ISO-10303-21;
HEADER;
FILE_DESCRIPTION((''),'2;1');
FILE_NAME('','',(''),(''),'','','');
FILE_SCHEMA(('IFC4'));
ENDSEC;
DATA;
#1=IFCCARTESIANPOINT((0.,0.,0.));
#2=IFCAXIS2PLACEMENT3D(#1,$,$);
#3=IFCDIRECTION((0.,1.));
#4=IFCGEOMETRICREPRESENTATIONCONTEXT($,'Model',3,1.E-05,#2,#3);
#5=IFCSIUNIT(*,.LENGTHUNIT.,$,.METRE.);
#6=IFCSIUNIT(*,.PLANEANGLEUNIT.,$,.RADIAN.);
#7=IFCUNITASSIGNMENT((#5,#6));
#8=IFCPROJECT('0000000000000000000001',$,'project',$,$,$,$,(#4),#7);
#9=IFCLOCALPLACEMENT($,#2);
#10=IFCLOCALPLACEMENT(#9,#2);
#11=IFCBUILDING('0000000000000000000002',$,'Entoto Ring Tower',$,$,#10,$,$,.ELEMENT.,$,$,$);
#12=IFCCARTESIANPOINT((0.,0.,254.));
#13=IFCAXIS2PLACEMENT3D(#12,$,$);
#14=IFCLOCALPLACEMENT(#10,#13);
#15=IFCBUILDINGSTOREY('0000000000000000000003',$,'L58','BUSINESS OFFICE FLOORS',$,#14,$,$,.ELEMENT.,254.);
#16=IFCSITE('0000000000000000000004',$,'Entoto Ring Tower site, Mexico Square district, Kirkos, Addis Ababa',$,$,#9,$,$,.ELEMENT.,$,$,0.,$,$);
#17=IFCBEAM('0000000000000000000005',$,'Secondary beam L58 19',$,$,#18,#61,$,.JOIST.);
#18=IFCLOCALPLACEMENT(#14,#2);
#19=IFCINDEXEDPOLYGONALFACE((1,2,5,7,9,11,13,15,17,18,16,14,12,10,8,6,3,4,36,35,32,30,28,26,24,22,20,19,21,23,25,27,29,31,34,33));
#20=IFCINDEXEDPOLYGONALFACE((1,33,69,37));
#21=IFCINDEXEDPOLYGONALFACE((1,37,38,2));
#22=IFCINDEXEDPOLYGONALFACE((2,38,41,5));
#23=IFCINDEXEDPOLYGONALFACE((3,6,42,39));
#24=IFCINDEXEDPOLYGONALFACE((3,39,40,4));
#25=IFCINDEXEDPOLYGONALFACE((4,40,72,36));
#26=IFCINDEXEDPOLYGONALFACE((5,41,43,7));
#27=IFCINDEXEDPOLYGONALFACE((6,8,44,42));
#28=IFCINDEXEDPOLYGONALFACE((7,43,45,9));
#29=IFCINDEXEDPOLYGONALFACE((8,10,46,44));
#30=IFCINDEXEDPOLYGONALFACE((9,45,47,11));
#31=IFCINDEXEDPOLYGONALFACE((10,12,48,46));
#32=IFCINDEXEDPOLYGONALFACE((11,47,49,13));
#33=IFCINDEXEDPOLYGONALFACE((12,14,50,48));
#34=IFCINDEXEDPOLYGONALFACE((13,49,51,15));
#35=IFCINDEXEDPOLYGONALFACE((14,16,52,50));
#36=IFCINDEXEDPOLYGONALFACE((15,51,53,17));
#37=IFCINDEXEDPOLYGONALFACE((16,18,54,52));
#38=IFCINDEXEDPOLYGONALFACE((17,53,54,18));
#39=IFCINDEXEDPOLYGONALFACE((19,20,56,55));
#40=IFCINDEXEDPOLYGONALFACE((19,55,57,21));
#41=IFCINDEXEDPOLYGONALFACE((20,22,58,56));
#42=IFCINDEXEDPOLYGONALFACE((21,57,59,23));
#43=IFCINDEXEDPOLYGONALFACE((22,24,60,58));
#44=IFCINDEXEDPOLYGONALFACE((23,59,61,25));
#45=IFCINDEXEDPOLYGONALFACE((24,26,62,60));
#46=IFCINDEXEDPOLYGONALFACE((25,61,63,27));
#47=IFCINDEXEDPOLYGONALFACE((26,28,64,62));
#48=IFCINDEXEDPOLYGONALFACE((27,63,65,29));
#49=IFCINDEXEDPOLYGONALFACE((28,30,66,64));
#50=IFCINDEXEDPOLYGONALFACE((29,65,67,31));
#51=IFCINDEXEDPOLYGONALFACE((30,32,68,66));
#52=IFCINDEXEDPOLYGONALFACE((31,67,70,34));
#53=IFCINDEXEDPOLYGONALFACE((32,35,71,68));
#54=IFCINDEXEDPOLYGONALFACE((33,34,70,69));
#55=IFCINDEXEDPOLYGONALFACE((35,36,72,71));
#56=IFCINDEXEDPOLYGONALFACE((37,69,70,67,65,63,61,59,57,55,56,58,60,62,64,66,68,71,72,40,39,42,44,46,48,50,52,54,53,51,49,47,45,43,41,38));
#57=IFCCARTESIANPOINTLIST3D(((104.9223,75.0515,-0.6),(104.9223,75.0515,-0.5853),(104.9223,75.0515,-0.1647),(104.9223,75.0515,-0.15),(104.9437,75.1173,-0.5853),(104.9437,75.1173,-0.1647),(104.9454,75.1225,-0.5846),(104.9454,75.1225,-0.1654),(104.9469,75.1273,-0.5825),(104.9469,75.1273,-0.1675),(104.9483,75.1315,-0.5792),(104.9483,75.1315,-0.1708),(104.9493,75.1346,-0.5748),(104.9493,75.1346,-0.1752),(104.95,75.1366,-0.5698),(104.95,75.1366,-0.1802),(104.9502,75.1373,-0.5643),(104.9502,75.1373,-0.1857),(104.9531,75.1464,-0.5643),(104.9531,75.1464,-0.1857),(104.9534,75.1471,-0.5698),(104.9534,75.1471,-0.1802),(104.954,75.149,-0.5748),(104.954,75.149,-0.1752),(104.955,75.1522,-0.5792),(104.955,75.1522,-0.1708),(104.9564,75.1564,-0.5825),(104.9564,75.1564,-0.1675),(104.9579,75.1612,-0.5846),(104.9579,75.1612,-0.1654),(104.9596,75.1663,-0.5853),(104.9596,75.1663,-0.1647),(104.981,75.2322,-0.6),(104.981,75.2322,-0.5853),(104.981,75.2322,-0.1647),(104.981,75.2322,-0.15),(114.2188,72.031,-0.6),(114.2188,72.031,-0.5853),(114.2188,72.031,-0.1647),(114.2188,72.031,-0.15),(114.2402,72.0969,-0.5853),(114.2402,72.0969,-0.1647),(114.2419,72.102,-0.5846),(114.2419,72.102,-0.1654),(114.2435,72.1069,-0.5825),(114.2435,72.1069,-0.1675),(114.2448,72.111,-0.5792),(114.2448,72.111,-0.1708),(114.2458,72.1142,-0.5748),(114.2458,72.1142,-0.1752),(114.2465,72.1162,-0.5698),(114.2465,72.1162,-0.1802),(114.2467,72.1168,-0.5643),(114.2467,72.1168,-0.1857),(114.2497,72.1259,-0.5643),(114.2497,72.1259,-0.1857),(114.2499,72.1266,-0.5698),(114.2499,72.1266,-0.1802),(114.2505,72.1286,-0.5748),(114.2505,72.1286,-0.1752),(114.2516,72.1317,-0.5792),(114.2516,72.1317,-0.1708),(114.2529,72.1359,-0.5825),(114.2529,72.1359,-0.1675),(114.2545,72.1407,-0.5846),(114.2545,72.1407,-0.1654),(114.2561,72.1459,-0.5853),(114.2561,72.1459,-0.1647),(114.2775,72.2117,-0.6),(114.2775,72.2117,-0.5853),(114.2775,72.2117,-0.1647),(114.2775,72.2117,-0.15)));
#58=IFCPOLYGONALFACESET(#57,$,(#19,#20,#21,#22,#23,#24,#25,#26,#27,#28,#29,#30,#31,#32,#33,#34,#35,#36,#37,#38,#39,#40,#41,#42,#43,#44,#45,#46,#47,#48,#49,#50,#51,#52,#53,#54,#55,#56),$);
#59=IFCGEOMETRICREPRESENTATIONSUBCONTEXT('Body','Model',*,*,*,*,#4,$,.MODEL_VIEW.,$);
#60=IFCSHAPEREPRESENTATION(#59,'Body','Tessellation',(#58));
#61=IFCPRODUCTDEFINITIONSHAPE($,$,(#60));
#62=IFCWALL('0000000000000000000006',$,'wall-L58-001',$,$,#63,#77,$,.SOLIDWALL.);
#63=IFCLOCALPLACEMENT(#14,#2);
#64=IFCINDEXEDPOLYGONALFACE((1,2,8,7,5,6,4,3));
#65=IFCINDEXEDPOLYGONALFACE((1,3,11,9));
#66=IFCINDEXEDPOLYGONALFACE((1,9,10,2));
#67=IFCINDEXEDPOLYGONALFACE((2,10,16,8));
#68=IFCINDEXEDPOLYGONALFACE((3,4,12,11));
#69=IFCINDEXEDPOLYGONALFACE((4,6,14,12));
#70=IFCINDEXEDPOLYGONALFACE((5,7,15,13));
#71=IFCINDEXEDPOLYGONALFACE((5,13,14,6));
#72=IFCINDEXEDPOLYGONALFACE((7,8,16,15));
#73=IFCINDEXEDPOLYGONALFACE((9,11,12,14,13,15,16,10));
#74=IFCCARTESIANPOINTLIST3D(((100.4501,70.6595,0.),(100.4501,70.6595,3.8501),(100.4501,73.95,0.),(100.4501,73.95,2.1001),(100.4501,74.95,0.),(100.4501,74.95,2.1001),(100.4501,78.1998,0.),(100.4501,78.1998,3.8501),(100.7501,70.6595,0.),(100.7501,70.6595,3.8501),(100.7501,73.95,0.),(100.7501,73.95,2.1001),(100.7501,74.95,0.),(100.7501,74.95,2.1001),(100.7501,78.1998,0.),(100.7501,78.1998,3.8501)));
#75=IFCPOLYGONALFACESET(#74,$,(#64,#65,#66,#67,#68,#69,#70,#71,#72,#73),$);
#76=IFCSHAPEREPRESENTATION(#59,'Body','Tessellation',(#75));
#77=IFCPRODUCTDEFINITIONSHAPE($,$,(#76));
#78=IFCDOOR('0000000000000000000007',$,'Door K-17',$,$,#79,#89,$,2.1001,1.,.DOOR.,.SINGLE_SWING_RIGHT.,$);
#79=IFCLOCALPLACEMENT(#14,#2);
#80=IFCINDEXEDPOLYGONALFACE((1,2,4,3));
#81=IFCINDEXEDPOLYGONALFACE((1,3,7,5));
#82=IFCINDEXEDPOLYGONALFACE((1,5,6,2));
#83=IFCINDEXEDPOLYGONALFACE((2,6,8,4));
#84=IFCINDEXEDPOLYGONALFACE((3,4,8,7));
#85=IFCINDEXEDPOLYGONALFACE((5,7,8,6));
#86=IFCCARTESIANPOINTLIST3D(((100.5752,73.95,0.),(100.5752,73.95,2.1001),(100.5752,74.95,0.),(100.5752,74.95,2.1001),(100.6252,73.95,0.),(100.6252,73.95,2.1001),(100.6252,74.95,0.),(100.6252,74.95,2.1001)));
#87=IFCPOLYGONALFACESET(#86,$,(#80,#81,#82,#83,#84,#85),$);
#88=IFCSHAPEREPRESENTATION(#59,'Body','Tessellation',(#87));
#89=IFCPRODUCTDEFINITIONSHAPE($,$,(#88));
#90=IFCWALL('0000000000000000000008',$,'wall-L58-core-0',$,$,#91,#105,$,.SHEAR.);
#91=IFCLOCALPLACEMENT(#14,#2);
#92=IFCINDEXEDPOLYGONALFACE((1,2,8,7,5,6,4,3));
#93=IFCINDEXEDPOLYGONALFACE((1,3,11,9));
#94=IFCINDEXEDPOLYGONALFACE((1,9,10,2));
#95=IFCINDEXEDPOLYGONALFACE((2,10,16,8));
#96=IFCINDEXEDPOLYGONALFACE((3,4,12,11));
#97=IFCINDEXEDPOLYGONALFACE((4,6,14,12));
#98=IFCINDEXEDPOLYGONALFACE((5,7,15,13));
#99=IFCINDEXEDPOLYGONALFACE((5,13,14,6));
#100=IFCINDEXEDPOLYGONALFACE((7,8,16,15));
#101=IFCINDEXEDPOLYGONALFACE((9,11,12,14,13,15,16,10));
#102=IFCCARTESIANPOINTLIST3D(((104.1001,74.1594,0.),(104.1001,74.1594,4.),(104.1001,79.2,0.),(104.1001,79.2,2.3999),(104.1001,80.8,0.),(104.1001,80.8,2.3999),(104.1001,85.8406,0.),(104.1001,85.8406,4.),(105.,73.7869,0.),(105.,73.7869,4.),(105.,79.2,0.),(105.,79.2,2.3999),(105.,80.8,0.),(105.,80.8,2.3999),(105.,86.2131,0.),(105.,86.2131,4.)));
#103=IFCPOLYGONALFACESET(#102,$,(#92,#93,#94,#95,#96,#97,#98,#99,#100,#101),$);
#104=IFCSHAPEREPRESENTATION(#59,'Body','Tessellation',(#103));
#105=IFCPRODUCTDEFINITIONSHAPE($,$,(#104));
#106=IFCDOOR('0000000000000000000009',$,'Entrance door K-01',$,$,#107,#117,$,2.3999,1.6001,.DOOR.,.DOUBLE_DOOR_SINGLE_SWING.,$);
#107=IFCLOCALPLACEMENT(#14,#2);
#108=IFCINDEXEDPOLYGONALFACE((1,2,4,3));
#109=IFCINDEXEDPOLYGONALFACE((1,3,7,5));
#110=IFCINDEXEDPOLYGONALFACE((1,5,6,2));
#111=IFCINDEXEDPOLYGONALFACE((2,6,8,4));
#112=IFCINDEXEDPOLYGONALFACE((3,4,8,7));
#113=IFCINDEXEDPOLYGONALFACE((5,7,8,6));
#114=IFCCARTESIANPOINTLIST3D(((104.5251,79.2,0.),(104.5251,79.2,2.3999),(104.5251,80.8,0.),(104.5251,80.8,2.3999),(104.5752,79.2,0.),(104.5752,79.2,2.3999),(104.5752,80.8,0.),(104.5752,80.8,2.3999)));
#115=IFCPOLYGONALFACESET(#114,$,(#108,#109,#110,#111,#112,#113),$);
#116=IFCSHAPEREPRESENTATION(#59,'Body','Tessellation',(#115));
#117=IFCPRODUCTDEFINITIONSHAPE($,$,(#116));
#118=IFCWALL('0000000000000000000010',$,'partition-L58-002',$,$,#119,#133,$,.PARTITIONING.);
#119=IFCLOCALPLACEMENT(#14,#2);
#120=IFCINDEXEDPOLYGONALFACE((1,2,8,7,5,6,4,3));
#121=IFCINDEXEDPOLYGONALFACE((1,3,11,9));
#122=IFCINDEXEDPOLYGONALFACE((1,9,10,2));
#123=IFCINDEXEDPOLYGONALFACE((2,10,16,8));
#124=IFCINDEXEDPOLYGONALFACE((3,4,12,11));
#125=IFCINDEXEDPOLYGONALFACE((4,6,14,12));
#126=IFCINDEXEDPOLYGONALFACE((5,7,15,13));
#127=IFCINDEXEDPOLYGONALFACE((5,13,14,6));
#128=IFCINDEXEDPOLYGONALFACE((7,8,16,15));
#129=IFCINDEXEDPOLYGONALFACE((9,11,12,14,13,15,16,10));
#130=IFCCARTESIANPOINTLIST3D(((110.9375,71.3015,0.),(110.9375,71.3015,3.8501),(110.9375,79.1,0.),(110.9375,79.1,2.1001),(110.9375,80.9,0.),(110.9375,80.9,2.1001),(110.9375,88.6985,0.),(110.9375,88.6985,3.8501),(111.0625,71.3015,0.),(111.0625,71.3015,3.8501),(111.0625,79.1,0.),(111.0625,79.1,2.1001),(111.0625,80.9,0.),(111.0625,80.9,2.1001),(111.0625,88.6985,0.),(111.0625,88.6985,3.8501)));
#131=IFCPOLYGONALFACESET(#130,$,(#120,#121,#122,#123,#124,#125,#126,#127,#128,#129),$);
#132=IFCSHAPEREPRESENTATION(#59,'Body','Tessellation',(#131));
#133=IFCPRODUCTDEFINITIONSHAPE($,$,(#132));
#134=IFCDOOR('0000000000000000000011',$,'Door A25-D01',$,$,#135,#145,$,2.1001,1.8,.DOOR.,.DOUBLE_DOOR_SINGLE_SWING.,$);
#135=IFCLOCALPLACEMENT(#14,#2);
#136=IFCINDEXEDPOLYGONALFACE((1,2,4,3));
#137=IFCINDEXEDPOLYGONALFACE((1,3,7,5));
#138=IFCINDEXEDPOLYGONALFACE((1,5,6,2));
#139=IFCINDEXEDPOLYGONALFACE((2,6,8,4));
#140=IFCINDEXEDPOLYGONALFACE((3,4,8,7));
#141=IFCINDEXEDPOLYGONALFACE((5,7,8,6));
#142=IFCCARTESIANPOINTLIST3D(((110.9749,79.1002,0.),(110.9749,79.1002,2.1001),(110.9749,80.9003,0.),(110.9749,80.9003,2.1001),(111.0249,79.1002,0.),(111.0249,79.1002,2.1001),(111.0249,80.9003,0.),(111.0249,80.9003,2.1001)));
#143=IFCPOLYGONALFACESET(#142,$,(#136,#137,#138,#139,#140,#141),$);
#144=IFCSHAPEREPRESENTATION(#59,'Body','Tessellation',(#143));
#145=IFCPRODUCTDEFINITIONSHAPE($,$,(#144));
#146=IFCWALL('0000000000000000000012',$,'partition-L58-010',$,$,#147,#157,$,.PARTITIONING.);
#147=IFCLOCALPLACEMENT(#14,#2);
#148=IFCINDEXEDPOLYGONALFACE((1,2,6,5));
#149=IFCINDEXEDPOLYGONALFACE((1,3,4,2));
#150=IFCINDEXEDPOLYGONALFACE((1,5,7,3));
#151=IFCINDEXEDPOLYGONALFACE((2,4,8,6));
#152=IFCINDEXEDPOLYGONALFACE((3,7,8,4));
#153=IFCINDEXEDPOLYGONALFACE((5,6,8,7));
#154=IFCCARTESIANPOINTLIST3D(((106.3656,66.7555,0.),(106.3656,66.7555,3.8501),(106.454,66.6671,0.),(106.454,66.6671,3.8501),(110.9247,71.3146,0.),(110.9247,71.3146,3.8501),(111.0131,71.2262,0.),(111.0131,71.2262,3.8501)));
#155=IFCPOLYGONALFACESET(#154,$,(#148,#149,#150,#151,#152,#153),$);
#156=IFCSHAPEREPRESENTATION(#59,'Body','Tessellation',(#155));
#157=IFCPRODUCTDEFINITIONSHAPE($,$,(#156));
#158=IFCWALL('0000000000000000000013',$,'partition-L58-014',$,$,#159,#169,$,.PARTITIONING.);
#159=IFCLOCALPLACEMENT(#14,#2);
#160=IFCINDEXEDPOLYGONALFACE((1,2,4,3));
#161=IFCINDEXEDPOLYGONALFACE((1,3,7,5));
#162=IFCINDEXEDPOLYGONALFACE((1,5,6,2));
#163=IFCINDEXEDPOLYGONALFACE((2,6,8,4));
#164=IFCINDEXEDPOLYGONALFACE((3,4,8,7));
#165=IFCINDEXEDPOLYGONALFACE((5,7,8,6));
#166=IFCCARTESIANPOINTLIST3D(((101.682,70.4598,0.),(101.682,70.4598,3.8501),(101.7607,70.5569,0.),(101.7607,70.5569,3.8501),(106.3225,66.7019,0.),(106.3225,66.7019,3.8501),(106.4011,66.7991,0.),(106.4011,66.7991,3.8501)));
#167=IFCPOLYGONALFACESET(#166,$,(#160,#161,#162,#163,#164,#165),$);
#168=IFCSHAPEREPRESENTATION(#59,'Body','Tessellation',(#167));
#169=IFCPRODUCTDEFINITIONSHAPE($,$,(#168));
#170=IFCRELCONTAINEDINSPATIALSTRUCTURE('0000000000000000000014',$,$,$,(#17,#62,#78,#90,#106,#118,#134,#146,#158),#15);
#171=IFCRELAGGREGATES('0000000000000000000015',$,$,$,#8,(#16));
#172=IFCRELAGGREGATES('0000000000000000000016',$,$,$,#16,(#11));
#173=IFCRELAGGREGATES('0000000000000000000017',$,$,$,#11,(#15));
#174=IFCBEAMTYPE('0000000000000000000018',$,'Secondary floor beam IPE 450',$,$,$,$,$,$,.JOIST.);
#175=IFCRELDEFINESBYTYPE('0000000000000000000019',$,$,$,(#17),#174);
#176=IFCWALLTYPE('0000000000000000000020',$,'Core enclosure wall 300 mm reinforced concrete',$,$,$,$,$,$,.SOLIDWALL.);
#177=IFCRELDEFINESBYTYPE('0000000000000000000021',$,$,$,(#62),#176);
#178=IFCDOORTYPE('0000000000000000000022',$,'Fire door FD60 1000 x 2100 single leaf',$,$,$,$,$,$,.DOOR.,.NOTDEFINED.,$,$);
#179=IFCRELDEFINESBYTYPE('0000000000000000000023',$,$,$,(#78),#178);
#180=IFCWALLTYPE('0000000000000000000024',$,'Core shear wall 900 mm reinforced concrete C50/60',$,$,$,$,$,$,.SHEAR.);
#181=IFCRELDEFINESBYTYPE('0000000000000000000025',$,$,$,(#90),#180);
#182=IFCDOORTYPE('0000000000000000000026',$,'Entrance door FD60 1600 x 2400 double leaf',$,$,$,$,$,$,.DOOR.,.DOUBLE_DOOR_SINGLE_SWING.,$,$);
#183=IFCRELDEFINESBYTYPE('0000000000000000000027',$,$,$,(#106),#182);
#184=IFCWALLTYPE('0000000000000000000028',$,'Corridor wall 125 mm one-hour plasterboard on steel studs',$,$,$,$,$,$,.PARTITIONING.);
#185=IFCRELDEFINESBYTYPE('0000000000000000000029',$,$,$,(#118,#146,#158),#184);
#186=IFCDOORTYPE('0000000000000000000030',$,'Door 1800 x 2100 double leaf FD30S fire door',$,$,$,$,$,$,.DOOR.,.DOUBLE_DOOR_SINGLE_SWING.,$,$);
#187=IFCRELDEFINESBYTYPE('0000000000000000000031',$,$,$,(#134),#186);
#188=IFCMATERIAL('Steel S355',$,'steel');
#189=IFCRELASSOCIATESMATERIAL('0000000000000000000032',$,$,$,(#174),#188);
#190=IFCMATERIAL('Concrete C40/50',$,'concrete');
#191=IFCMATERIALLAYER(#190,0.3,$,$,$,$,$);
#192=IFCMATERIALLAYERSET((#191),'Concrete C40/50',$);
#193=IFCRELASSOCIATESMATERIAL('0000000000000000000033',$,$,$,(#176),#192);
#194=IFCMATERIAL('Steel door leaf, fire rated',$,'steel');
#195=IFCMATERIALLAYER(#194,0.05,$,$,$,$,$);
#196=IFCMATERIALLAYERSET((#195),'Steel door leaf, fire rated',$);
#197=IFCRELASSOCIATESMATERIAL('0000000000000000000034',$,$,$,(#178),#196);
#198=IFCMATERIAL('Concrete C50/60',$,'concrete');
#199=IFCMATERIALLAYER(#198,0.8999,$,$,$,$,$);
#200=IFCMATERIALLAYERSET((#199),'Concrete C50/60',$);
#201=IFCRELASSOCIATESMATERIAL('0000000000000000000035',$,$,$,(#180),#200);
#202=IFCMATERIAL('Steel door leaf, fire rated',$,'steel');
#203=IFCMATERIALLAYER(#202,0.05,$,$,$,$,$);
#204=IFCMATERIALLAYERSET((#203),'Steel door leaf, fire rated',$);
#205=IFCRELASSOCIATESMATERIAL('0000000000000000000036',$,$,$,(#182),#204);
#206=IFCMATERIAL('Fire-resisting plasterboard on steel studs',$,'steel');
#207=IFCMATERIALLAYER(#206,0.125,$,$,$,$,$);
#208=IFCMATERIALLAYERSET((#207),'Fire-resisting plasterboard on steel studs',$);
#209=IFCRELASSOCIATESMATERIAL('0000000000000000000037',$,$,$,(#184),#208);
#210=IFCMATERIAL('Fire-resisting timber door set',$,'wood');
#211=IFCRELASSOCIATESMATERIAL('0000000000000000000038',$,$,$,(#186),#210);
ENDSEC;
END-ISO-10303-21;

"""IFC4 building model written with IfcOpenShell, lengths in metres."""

from ifc_helpers import new_model, si_unit, direction, frame, frame_2d, origin, origin_2d, place, context, subcontext, project, spatial, polyline, rectangle, i_section, outline, extrude, material, layer, layer_set, material_profile, profile_set, type_object, element, fill, save


model = new_model("IFC4")

# Units and contexts
model_context = context("Model", 3, precision=1e-05, world=origin(), true_north=direction((0.0, 1.0)))
body_context = subcontext(model_context, "Body", "Model", "MODEL_VIEW")
ifc_project = project(units=[si_unit("LENGTHUNIT", "METRE"), si_unit("PLANEANGLEUNIT", "RADIAN")], contexts=[model_context])

# Site, building, storey
site_placement = place(None, origin())
site = spatial("IfcSite", under=ifc_project, at=site_placement, Name="Entoto Ring Tower site, Mexico Square district, Kirkos, Addis Ababa", CompositionType="ELEMENT", RefElevation=0.0)
building_placement = place(site_placement, origin())
building = spatial("IfcBuilding", under=site, at=building_placement, Name="Entoto Ring Tower", CompositionType="ELEMENT")
storey_placement = place(building_placement, frame((0.0, 0.0, 254.0)))
storey = spatial("IfcBuildingStorey", under=building, at=storey_placement, Name="L58", Description="BUSINESS OFFICE FLOORS", CompositionType="ELEMENT", Elevation=254.0)

# Beam
ifc_material_1 = material(Name="Steel S355", Category="steel")
ifc_material_profile_1 = material_profile(ifc_material_1, i_section(OverallWidth=0.1899, OverallDepth=0.45, WebThickness=0.0095, FlangeThickness=0.0146, FilletRadius=0.021, at=origin_2d()), Name="IPE 450")
ifc_profile_set_1 = profile_set([ifc_material_profile_1], Name="Steel S355")
beam_type_1 = type_object("IfcBeamType", Name="Secondary floor beam IPE 450", PredefinedType="JOIST", material=ifc_profile_set_1)
beam_1_placement = place(storey_placement, frame((104.9517, 75.1418, -0.375), z_axis=(0.951061, -0.309003, 0.0), x_axis=(0.309003, 0.951061, 0.0)))
element("IfcBeam", 1, at=beam_1_placement, inside=storey, type_object=beam_type_1, Name="Secondary beam L58 19", PredefinedType="JOIST", context=body_context, shape_type="SweptSolid", body=[
    extrude(i_section(OverallWidth=0.1899, OverallDepth=0.45, WebThickness=0.0095, FlangeThickness=0.0146, FilletRadius=0.021, at=origin_2d()), origin(), (0.0, 0.0, 1.0), 9.7749),
])

# Walls, openings, doors
ifc_material_2 = material(Name="Concrete C40/50", Category="concrete")
ifc_layer_1 = layer(ifc_material_2, 0.3)
ifc_layer_set_1 = layer_set([ifc_layer_1], Name="Concrete C40/50")
wall_type_1 = type_object("IfcWallType", Name="Core enclosure wall 300 mm reinforced concrete", PredefinedType="SOLIDWALL", material=ifc_layer_set_1)
wall_1_placement = place(storey_placement, frame((100.6001, 70.6597, 0.0), z_axis=(0.0, 0.0, 1.0), x_axis=(0.0, 1.0, 0.0)))
wall_1 = element("IfcWall", 2, at=wall_1_placement, inside=storey, type_object=wall_type_1, Name="wall-L58-001", PredefinedType="SOLIDWALL", context=body_context, shape_type="SweptSolid", body=[
    extrude(rectangle(XDim=7.5403, YDim=0.3, at=frame_2d((3.77, 0.0))), origin(), (0.0, 0.0, 1.0), 3.8501),
])
opening_1_placement = place(wall_1_placement, frame((3.2903, 0.0, 0.0)))
opening_1 = element("IfcOpeningElement", 3, at=opening_1_placement, cuts=wall_1, PredefinedType="OPENING", context=body_context, shape_type="SweptSolid", body=[
    extrude(rectangle(XDim=1.0, YDim=2.1001, at=frame_2d((0.5, 1.05))), frame((0.0, 0.1602, 0.0), z_axis=(0.0, -1.0, 0.0), x_axis=(1.0, 0.0, 0.0)), (0.0, 0.0, 1.0), 0.3201),
])
ifc_material_3 = material(Name="Steel door leaf, fire rated", Category="steel")
ifc_layer_2 = layer(ifc_material_3, 0.05)
ifc_layer_set_2 = layer_set([ifc_layer_2], Name="Steel door leaf, fire rated")
door_type_1 = type_object("IfcDoorType", Name="Fire door FD60 1000 x 2100 single leaf", OperationType="NOTDEFINED", PredefinedType="DOOR", material=ifc_layer_set_2)
door_1_placement = place(opening_1_placement, origin())
door_1 = element("IfcDoor", 4, at=door_1_placement, inside=storey, type_object=door_type_1, Name="Door K-17", OperationType="SINGLE_SWING_RIGHT", OverallHeight=2.1001, OverallWidth=1.0, PredefinedType="DOOR", context=body_context, shape_type="SweptSolid", body=[
    extrude(rectangle(XDim=1.0, YDim=2.1001, at=frame_2d((0.5, 1.05))), frame((0.0, 0.0249, 0.0), z_axis=(0.0, -1.0, 0.0), x_axis=(1.0, 0.0, 0.0)), (0.0, 0.0, 1.0), 0.05),
])
fill(opening_1, door_1)
ifc_material_4 = material(Name="Concrete C50/60", Category="concrete")
ifc_layer_3 = layer(ifc_material_4, 0.8999)
ifc_layer_set_3 = layer_set([ifc_layer_3], Name="Concrete C50/60")
wall_type_2 = type_object("IfcWallType", Name="Core shear wall 900 mm reinforced concrete C50/60", PredefinedType="SHEAR", material=ifc_layer_set_3)
wall_2_placement = place(storey_placement, frame((104.55, 73.9731, 0.0), z_axis=(0.0, 0.0, 1.0), x_axis=(0.0, 1.0, 0.0)))
wall_2 = element("IfcWall", 5, at=wall_2_placement, inside=storey, type_object=wall_type_2, Name="wall-L58-core-0", PredefinedType="SHEAR", context=body_context, shape_type="SweptSolid", body=[
    extrude(outline(polyline([(-0.1863, -0.45), (12.24, -0.45), (11.8674, 0.45), (0.1863, 0.45), (-0.1863, -0.45)])), origin(), (0.0, 0.0, 1.0), 4.0),
])
opening_2_placement = place(wall_2_placement, frame((5.2268, 0.0, 0.0)))
opening_2 = element("IfcOpeningElement", 6, at=opening_2_placement, cuts=wall_2, PredefinedType="OPENING", context=body_context, shape_type="SweptSolid", body=[
    extrude(rectangle(XDim=1.6001, YDim=2.3999, at=frame_2d((0.8, 1.2))), frame((0.0, 0.46, 0.0), z_axis=(0.0, -1.0, 0.0), x_axis=(1.0, 0.0, 0.0)), (0.0, 0.0, 1.0), 0.9199),
])
ifc_material_5 = material(Name="Steel door leaf, fire rated", Category="steel")
ifc_layer_4 = layer(ifc_material_5, 0.05)
ifc_layer_set_4 = layer_set([ifc_layer_4], Name="Steel door leaf, fire rated")
door_type_2 = type_object("IfcDoorType", Name="Entrance door FD60 1600 x 2400 double leaf", OperationType="DOUBLE_DOOR_SINGLE_SWING", PredefinedType="DOOR", material=ifc_layer_set_4)
door_2_placement = place(opening_2_placement, origin())
door_2 = element("IfcDoor", 7, at=door_2_placement, inside=storey, type_object=door_type_2, Name="Entrance door K-01", OperationType="DOUBLE_DOOR_SINGLE_SWING", OverallHeight=2.3999, OverallWidth=1.6001, PredefinedType="DOOR", context=body_context, shape_type="SweptSolid", body=[
    extrude(rectangle(XDim=1.6001, YDim=2.3999, at=frame_2d((0.8, 1.2))), frame((0.0, 0.0249, 0.0), z_axis=(0.0, -1.0, 0.0), x_axis=(1.0, 0.0, 0.0)), (0.0, 0.0, 1.0), 0.05),
])
fill(opening_2, door_2)
ifc_material_6 = material(Name="Fire-resisting plasterboard on steel studs", Category="steel")
ifc_layer_5 = layer(ifc_material_6, 0.125)
ifc_layer_set_5 = layer_set([ifc_layer_5], Name="Fire-resisting plasterboard on steel studs")
wall_type_3 = type_object("IfcWallType", Name="Corridor wall 125 mm one-hour plasterboard on steel studs", PredefinedType="PARTITIONING", material=ifc_layer_set_5)
wall_3_placement = place(storey_placement, frame((111.0, 71.3015, 0.0), z_axis=(0.0, 0.0, 1.0), x_axis=(0.0, 1.0, 0.0)))
wall_3 = element("IfcWall", 8, at=wall_3_placement, inside=storey, type_object=wall_type_3, Name="partition-L58-002", PredefinedType="PARTITIONING", context=body_context, shape_type="SweptSolid", body=[
    extrude(rectangle(XDim=17.397, YDim=0.125, at=frame_2d((8.6985, 0.0))), origin(), (0.0, 0.0, 1.0), 3.8501),
])
opening_3_placement = place(wall_3_placement, frame((7.7986, 0.0, 0.0)))
opening_3 = element("IfcOpeningElement", 9, at=opening_3_placement, cuts=wall_3, PredefinedType="OPENING", context=body_context, shape_type="SweptSolid", body=[
    extrude(rectangle(XDim=1.8, YDim=2.1001, at=frame_2d((0.8999, 1.05))), frame((0.0, 0.0725, 0.0), z_axis=(0.0, -1.0, 0.0), x_axis=(1.0, 0.0, 0.0)), (0.0, 0.0, 1.0), 0.145),
])
ifc_material_7 = material(Name="Fire-resisting timber door set", Category="wood")
door_type_3 = type_object("IfcDoorType", Name="Door 1800 x 2100 double leaf FD30S fire door", OperationType="DOUBLE_DOOR_SINGLE_SWING", PredefinedType="DOOR", material=ifc_material_7)
door_3_placement = place(opening_3_placement, frame((1.8, 0.0, 0.0), z_axis=(0.0, 0.0, 1.0), x_axis=(-1.0, 0.0, 0.0)))
door_3 = element("IfcDoor", 10, at=door_3_placement, inside=storey, type_object=door_type_3, Name="Door A25-D01", OperationType="DOUBLE_DOOR_SINGLE_SWING", OverallHeight=2.1001, OverallWidth=1.8, PredefinedType="DOOR", context=body_context, shape_type="SweptSolid", body=[
    extrude(rectangle(XDim=1.8, YDim=2.1001, at=frame_2d((0.8999, 1.05))), frame((0.0, 0.0249, 0.0), z_axis=(0.0, -1.0, 0.0), x_axis=(1.0, 0.0, 0.0)), (0.0, 0.0, 1.0), 0.05),
])
fill(opening_3, door_3)

# Walls
wall_4_placement = place(storey_placement, frame((106.4099, 66.7114, 0.0), z_axis=(0.0, 0.0, 1.0), x_axis=(0.707107, 0.707107, 0.0)))
element("IfcWall", 11, at=wall_4_placement, inside=storey, type_object=wall_type_3, Name="partition-L58-010", PredefinedType="PARTITIONING", context=body_context, shape_type="SweptSolid", body=[
    extrude(rectangle(XDim=6.4475, YDim=0.125, at=frame_2d((3.2236, 0.0))), origin(), (0.0, 0.0, 1.0), 3.8501),
])
wall_5_placement = place(storey_placement, frame((106.3618, 66.7505, 0.0), z_axis=(0.0, 0.0, 1.0), x_axis=(-0.777137, 0.629331, 0.0)))
element("IfcWall", 12, at=wall_5_placement, inside=storey, type_object=wall_type_3, Name="partition-L58-014", PredefinedType="PARTITIONING", context=body_context, shape_type="SweptSolid", body=[
    extrude(rectangle(XDim=5.9712, YDim=0.125, at=frame_2d((2.9856, 0.0))), origin(), (0.0, 0.0, 1.0), 3.8501),
])

save(model, "model.ifc")
